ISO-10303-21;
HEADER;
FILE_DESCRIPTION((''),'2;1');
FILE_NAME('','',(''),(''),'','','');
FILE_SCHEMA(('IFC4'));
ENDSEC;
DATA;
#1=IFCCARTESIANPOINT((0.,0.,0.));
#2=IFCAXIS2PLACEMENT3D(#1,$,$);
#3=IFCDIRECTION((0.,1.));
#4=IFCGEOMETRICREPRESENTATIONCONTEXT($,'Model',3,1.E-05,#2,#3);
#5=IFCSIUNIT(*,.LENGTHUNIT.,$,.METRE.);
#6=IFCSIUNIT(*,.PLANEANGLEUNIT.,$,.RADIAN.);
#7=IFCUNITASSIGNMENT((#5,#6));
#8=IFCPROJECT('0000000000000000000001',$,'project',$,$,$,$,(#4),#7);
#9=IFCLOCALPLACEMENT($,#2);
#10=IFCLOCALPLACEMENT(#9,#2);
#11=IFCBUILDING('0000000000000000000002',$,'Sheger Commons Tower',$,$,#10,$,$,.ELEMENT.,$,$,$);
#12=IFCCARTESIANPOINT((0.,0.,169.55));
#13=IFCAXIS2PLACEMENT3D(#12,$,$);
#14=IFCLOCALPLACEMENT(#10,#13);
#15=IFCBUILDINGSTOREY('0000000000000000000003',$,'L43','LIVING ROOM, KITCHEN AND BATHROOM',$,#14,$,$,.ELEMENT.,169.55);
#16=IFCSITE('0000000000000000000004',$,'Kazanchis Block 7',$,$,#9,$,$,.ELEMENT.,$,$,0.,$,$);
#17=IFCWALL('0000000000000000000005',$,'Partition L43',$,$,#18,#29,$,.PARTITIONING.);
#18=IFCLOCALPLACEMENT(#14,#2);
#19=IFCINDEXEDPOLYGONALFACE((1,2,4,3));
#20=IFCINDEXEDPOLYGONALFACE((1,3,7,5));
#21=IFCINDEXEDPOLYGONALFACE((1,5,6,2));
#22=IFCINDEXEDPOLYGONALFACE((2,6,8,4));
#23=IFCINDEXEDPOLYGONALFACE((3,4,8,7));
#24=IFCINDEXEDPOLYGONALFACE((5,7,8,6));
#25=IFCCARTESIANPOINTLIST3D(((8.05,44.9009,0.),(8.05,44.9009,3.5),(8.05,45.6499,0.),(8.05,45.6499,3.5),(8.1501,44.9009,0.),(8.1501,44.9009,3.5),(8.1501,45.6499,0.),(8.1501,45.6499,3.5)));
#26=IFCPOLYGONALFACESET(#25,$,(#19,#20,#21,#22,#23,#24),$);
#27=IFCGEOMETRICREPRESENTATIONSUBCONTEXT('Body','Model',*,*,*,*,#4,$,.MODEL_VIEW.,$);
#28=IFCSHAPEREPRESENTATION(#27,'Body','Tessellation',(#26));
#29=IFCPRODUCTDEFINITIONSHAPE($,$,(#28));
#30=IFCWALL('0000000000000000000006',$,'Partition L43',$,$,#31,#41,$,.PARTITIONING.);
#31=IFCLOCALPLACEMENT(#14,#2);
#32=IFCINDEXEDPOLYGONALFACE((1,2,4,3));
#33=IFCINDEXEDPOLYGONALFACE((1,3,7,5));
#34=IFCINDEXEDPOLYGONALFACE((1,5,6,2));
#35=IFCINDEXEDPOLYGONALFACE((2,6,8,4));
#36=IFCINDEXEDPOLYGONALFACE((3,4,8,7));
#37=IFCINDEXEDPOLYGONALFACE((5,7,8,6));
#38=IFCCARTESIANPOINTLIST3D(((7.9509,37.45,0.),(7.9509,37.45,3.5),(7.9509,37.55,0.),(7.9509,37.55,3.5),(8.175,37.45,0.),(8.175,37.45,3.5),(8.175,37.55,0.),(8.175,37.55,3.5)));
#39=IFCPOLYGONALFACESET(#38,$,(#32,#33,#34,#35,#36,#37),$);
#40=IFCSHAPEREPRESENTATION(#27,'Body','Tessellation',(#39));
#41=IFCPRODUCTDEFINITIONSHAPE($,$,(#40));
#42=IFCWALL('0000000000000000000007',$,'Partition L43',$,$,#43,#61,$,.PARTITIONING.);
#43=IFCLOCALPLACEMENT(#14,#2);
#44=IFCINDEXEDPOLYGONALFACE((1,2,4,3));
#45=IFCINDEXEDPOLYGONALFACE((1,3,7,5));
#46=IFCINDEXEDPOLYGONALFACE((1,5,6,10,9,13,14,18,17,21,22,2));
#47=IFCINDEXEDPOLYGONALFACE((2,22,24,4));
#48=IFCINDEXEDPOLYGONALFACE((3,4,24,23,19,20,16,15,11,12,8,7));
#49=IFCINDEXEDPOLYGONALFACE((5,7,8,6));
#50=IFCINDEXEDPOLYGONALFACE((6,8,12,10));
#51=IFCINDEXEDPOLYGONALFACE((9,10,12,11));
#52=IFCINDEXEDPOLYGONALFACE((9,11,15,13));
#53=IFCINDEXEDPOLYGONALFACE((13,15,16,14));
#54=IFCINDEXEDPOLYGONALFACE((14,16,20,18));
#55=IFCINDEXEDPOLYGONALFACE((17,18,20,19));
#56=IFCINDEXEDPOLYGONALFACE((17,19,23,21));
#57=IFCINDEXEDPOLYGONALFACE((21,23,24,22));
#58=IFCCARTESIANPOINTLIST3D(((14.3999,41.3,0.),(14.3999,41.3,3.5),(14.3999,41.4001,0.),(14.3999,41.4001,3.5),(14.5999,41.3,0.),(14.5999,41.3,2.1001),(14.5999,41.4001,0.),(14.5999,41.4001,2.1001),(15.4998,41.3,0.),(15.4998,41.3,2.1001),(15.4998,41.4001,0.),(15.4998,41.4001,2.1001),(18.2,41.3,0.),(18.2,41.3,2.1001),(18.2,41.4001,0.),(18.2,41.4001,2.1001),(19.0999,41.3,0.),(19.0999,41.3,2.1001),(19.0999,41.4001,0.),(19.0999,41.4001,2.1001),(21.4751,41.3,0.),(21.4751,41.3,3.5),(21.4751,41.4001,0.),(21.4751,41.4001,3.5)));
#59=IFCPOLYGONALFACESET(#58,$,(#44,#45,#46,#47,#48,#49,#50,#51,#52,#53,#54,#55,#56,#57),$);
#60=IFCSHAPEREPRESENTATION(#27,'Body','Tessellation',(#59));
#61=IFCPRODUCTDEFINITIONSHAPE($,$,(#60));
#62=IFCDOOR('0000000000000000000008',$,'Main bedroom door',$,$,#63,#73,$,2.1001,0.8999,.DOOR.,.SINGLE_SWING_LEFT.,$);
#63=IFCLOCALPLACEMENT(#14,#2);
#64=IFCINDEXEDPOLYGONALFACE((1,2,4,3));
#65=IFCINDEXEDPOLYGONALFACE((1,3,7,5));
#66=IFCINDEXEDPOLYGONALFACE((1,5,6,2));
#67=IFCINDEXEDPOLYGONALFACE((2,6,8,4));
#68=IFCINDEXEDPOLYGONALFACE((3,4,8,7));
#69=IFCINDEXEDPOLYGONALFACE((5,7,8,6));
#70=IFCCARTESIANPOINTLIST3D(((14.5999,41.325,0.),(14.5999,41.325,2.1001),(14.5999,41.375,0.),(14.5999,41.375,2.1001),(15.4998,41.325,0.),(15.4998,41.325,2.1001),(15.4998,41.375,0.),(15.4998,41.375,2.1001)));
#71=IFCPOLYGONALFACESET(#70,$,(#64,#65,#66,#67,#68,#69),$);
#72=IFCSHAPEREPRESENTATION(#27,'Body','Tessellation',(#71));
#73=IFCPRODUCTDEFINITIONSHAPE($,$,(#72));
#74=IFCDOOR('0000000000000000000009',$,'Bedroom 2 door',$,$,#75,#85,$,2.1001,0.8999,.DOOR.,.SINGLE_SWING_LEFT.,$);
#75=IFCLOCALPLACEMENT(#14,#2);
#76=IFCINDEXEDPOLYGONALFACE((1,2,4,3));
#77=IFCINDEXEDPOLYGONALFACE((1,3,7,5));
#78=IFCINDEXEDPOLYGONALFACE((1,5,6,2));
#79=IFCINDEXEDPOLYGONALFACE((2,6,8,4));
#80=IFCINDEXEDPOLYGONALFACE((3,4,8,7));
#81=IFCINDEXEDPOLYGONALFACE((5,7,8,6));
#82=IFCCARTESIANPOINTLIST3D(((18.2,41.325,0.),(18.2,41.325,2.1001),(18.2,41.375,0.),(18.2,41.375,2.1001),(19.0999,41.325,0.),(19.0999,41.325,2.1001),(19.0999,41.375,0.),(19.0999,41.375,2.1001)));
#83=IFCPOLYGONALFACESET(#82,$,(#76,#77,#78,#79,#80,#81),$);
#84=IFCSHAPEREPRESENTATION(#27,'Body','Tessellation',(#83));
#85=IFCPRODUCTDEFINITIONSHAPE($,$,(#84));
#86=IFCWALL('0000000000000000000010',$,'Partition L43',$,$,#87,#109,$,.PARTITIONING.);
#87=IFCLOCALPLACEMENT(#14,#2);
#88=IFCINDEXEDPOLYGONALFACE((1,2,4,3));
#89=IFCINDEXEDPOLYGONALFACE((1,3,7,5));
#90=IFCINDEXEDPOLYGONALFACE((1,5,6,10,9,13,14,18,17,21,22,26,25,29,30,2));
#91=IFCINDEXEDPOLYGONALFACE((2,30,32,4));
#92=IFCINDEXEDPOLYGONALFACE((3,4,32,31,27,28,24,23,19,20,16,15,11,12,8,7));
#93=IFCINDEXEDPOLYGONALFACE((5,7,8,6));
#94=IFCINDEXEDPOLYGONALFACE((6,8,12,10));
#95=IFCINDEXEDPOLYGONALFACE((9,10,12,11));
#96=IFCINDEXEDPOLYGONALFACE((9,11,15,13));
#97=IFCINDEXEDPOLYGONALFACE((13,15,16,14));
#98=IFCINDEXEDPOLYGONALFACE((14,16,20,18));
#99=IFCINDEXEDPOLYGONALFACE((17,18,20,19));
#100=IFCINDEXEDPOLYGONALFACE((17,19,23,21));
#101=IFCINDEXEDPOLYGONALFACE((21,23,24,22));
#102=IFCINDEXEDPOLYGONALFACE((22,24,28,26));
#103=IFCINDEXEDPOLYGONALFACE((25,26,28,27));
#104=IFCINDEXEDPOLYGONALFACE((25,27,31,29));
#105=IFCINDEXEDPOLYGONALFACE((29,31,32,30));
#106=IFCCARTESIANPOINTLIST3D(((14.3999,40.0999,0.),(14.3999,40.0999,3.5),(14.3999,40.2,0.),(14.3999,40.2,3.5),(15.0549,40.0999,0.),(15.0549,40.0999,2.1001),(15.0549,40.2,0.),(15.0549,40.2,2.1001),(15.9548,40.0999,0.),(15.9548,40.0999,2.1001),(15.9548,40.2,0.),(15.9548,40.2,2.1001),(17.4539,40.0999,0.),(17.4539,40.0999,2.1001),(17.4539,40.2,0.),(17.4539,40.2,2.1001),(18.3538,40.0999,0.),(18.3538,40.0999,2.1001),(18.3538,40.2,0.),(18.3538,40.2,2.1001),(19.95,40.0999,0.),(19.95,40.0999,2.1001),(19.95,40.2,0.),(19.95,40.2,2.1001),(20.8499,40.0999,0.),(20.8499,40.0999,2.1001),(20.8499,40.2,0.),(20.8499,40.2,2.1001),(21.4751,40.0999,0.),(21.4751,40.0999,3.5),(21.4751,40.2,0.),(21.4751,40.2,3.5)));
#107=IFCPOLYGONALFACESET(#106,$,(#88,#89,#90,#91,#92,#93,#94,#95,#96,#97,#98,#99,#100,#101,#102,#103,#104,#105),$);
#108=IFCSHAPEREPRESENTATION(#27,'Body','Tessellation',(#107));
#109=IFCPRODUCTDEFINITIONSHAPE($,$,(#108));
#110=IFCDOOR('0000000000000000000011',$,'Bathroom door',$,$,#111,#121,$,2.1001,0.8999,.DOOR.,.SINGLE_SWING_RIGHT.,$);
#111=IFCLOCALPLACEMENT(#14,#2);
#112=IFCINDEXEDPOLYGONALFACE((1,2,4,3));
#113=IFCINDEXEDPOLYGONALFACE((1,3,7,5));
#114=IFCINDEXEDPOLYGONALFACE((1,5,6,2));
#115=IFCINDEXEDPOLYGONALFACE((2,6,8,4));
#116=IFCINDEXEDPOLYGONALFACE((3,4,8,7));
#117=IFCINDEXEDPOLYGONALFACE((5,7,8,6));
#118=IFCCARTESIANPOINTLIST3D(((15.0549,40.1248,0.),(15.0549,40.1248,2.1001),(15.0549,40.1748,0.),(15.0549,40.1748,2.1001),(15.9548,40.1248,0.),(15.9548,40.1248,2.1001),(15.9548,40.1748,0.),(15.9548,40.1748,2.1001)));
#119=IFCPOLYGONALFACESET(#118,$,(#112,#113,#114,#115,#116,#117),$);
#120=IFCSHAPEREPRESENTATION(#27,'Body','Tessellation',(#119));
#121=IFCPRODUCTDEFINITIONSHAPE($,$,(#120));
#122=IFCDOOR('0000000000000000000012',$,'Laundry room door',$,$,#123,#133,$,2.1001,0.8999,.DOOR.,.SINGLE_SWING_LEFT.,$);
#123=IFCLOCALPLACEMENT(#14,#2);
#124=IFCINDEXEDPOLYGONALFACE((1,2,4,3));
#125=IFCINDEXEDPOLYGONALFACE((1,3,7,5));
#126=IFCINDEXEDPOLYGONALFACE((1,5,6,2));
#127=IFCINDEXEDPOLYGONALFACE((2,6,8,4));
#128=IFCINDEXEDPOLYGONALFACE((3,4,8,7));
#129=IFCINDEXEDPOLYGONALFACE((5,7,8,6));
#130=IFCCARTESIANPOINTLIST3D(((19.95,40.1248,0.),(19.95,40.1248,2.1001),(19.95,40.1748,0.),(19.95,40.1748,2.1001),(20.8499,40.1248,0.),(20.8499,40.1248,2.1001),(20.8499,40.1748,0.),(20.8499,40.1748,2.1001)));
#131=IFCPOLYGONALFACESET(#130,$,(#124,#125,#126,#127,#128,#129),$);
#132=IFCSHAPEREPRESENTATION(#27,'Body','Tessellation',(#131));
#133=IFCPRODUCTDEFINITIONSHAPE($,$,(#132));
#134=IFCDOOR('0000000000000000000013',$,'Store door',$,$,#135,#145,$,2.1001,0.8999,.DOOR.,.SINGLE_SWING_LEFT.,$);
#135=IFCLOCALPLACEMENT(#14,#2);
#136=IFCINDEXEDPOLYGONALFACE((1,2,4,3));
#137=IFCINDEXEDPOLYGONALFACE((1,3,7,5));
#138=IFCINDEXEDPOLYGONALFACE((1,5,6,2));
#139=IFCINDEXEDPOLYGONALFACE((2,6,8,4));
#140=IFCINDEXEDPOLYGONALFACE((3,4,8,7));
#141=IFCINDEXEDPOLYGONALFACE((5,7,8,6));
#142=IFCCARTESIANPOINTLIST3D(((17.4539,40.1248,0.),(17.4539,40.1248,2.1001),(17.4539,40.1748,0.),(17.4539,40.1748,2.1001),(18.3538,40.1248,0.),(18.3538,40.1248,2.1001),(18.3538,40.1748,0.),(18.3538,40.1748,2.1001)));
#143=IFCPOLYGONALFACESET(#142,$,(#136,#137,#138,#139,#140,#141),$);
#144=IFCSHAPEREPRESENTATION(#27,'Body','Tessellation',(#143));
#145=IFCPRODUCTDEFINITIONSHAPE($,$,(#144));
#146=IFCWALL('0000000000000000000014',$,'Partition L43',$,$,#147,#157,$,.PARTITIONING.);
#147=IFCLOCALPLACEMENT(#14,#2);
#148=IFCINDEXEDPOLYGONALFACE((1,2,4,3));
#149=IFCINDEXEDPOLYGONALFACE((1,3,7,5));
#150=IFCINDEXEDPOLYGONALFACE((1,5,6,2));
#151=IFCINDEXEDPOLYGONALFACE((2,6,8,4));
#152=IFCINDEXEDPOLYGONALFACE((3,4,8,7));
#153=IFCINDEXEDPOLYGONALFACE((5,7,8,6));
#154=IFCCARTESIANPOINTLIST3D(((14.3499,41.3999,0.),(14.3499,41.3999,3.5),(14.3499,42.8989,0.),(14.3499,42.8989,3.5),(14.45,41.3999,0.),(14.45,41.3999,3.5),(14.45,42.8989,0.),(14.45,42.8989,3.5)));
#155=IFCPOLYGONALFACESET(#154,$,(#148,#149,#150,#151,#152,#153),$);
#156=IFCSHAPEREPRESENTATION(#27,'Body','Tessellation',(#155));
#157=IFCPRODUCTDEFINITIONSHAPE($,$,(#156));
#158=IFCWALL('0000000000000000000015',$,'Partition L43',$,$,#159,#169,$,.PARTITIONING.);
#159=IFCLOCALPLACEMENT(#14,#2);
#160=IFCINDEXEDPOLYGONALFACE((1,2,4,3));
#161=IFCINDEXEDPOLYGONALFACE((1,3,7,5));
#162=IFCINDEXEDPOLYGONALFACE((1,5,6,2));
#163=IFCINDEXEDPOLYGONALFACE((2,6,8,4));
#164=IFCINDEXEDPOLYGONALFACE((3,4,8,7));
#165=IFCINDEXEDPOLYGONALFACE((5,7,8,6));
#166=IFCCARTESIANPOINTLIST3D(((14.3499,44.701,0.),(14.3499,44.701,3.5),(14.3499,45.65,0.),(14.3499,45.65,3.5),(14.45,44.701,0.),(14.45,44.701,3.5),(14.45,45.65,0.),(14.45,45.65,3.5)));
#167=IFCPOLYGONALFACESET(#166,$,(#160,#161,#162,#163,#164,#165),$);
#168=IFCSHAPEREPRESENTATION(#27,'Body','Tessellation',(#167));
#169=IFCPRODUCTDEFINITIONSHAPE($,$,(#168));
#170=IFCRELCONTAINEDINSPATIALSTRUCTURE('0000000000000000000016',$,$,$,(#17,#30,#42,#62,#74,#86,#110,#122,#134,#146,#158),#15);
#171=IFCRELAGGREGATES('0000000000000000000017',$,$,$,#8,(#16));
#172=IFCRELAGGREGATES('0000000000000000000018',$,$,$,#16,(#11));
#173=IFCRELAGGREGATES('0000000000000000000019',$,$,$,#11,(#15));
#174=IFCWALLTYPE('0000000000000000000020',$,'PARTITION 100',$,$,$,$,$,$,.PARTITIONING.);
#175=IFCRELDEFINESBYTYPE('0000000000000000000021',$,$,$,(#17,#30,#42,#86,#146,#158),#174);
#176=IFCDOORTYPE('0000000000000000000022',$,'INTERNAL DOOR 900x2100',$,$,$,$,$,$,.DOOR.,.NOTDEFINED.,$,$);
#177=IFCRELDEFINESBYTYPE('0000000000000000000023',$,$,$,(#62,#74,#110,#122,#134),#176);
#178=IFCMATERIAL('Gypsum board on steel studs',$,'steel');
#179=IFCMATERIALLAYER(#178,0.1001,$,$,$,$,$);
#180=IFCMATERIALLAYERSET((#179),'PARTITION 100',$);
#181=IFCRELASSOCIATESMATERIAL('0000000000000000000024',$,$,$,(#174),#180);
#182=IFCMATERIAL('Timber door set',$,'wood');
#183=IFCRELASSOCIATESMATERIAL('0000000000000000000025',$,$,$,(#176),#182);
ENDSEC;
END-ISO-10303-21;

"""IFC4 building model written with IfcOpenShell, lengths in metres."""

from ifc_helpers import new_model, si_unit, direction, frame, frame_2d, origin, place, context, subcontext, project, spatial, rectangle, extrude, material, layer, layer_set, type_object, element, fill, save


model = new_model("IFC4")

# Units and contexts
model_context = context("Model", 3, precision=1e-05, world=origin(), true_north=direction((0.0, 1.0)))
body_context = subcontext(model_context, "Body", "Model", "MODEL_VIEW")
ifc_project = project(units=[si_unit("LENGTHUNIT", "METRE"), si_unit("PLANEANGLEUNIT", "RADIAN")], contexts=[model_context])

# Site, building, storey
site_placement = place(None, origin())
site = spatial("IfcSite", under=ifc_project, at=site_placement, Name="Kazanchis Block 7", CompositionType="ELEMENT", RefElevation=0.0)
building_placement = place(site_placement, origin())
building = spatial("IfcBuilding", under=site, at=building_placement, Name="Sheger Commons Tower", CompositionType="ELEMENT")
storey_placement = place(building_placement, frame((0.0, 0.0, 169.55)))
storey = spatial("IfcBuildingStorey", under=building, at=storey_placement, Name="L43", Description="LIVING ROOM, KITCHEN AND BATHROOM", CompositionType="ELEMENT", Elevation=169.55)

# Walls
ifc_material_1 = material(Name="Gypsum board on steel studs", Category="steel")
ifc_layer_1 = layer(ifc_material_1, 0.1001)
ifc_layer_set_1 = layer_set([ifc_layer_1], Name="PARTITION 100")
wall_type_1 = type_object("IfcWallType", Name="PARTITION 100", PredefinedType="PARTITIONING", material=ifc_layer_set_1)
wall_1_placement = place(storey_placement, frame((8.1001, 45.6499, 0.0), z_axis=(0.0, 0.0, 1.0), x_axis=(0.0, -1.0, 0.0)))
element("IfcWall", 1, at=wall_1_placement, inside=storey, type_object=wall_type_1, Name="Partition L43", PredefinedType="PARTITIONING", context=body_context, shape_type="SweptSolid", body=[
    extrude(rectangle(XDim=0.749, YDim=0.1001, at=frame_2d((0.3745, 0.0))), origin(), (0.0, 0.0, 1.0), 3.5),
])
wall_2_placement = place(storey_placement, frame((7.9509, 37.5, 0.0), z_axis=(0.0, 0.0, 1.0), x_axis=(1.0, 0.0, 0.0)))
element("IfcWall", 2, at=wall_2_placement, inside=storey, type_object=wall_type_1, Name="Partition L43", PredefinedType="PARTITIONING", context=body_context, shape_type="SweptSolid", body=[
    extrude(rectangle(XDim=0.2241, YDim=0.1001, at=frame_2d((0.1121, 0.0))), origin(), (0.0, 0.0, 1.0), 3.5),
])

# Walls, openings, doors
wall_3_placement = place(storey_placement, frame((14.3999, 41.3501, 0.0), z_axis=(0.0, 0.0, 1.0), x_axis=(1.0, 0.0, 0.0)))
wall_3 = element("IfcWall", 3, at=wall_3_placement, inside=storey, type_object=wall_type_1, Name="Partition L43", PredefinedType="PARTITIONING", context=body_context, shape_type="SweptSolid", body=[
    extrude(rectangle(XDim=7.0752, YDim=0.1001, at=frame_2d((3.5376, 0.0))), origin(), (0.0, 0.0, 1.0), 3.5),
])
opening_1_placement = place(wall_3_placement, frame((0.2, 0.0, 0.0)))
opening_1 = element("IfcOpeningElement", 4, at=opening_1_placement, cuts=wall_3, PredefinedType="OPENING", context=body_context, shape_type="SweptSolid", body=[
    extrude(rectangle(XDim=0.8999, YDim=2.1001, at=frame_2d((0.45, 1.05))), frame((0.0, 0.0601, 0.0), z_axis=(0.0, -1.0, 0.0), x_axis=(1.0, 0.0, 0.0)), (0.0, 0.0, 1.0), 0.1201),
])
opening_2_placement = place(wall_3_placement, frame((3.8, 0.0, 0.0)))
opening_2 = element("IfcOpeningElement", 5, at=opening_2_placement, cuts=wall_3, PredefinedType="OPENING", context=body_context, shape_type="SweptSolid", body=[
    extrude(rectangle(XDim=0.8999, YDim=2.1001, at=frame_2d((0.45, 1.05))), frame((0.0, 0.0601, 0.0), z_axis=(0.0, -1.0, 0.0), x_axis=(1.0, 0.0, 0.0)), (0.0, 0.0, 1.0), 0.1201),
])
ifc_material_2 = material(Name="Timber door set", Category="wood")
door_type_1 = type_object("IfcDoorType", Name="INTERNAL DOOR 900x2100", OperationType="NOTDEFINED", PredefinedType="DOOR", material=ifc_material_2)
door_1_placement = place(opening_1_placement, origin())
door_1 = element("IfcDoor", 6, at=door_1_placement, inside=storey, type_object=door_type_1, Name="Main bedroom door", OperationType="SINGLE_SWING_LEFT", OverallHeight=2.1001, OverallWidth=0.8999, PredefinedType="DOOR", context=body_context, shape_type="SweptSolid", body=[
    extrude(rectangle(XDim=0.8999, YDim=2.1001, at=frame_2d((0.45, 1.05))), frame((0.0, 0.0249, 0.0), z_axis=(0.0, -1.0, 0.0), x_axis=(1.0, 0.0, 0.0)), (0.0, 0.0, 1.0), 0.05),
])
fill(opening_1, door_1)
door_2_placement = place(opening_2_placement, origin())
door_2 = element("IfcDoor", 7, at=door_2_placement, inside=storey, type_object=door_type_1, Name="Bedroom 2 door", OperationType="SINGLE_SWING_LEFT", OverallHeight=2.1001, OverallWidth=0.8999, PredefinedType="DOOR", context=body_context, shape_type="SweptSolid", body=[
    extrude(rectangle(XDim=0.8999, YDim=2.1001, at=frame_2d((0.45, 1.05))), frame((0.0, 0.0249, 0.0), z_axis=(0.0, -1.0, 0.0), x_axis=(1.0, 0.0, 0.0)), (0.0, 0.0, 1.0), 0.05),
])
fill(opening_2, door_2)
wall_4_placement = place(storey_placement, frame((14.3999, 40.1499, 0.0), z_axis=(0.0, 0.0, 1.0), x_axis=(1.0, 0.0, 0.0)))
wall_4 = element("IfcWall", 8, at=wall_4_placement, inside=storey, type_object=wall_type_1, Name="Partition L43", PredefinedType="PARTITIONING", context=body_context, shape_type="SweptSolid", body=[
    extrude(rectangle(XDim=7.0752, YDim=0.1001, at=frame_2d((3.5376, 0.0))), origin(), (0.0, 0.0, 1.0), 3.5),
])
opening_3_placement = place(wall_4_placement, frame((0.655, 0.0, 0.0)))
opening_3 = element("IfcOpeningElement", 9, at=opening_3_placement, cuts=wall_4, PredefinedType="OPENING", context=body_context, shape_type="SweptSolid", body=[
    extrude(rectangle(XDim=0.8999, YDim=2.1001, at=frame_2d((0.45, 1.05))), frame((0.0, 0.0601, 0.0), z_axis=(0.0, -1.0, 0.0), x_axis=(1.0, 0.0, 0.0)), (0.0, 0.0, 1.0), 0.1201),
])
opening_4_placement = place(wall_4_placement, frame((5.55, 0.0, 0.0)))
opening_4 = element("IfcOpeningElement", 10, at=opening_4_placement, cuts=wall_4, PredefinedType="OPENING", context=body_context, shape_type="SweptSolid", body=[
    extrude(rectangle(XDim=0.8999, YDim=2.1001, at=frame_2d((0.45, 1.05))), frame((0.0, 0.0601, 0.0), z_axis=(0.0, -1.0, 0.0), x_axis=(1.0, 0.0, 0.0)), (0.0, 0.0, 1.0), 0.1201),
])
opening_5_placement = place(wall_4_placement, frame((3.054, 0.0, 0.0)))
opening_5 = element("IfcOpeningElement", 11, at=opening_5_placement, cuts=wall_4, PredefinedType="OPENING", context=body_context, shape_type="SweptSolid", body=[
    extrude(rectangle(XDim=0.8999, YDim=2.1001, at=frame_2d((0.45, 1.05))), frame((0.0, 0.0601, 0.0), z_axis=(0.0, -1.0, 0.0), x_axis=(1.0, 0.0, 0.0)), (0.0, 0.0, 1.0), 0.1201),
])
door_3_placement = place(opening_3_placement, origin())
door_3 = element("IfcDoor", 12, at=door_3_placement, inside=storey, type_object=door_type_1, Name="Bathroom door", OperationType="SINGLE_SWING_RIGHT", OverallHeight=2.1001, OverallWidth=0.8999, PredefinedType="DOOR", context=body_context, shape_type="SweptSolid", body=[
    extrude(rectangle(XDim=0.8999, YDim=2.1001, at=frame_2d((0.45, 1.05))), frame((0.0, 0.0249, 0.0), z_axis=(0.0, -1.0, 0.0), x_axis=(1.0, 0.0, 0.0)), (0.0, 0.0, 1.0), 0.05),
])
fill(opening_3, door_3)
door_4_placement = place(opening_4_placement, origin())
door_4 = element("IfcDoor", 13, at=door_4_placement, inside=storey, type_object=door_type_1, Name="Laundry room door", OperationType="SINGLE_SWING_LEFT", OverallHeight=2.1001, OverallWidth=0.8999, PredefinedType="DOOR", context=body_context, shape_type="SweptSolid", body=[
    extrude(rectangle(XDim=0.8999, YDim=2.1001, at=frame_2d((0.45, 1.05))), frame((0.0, 0.0249, 0.0), z_axis=(0.0, -1.0, 0.0), x_axis=(1.0, 0.0, 0.0)), (0.0, 0.0, 1.0), 0.05),
])
fill(opening_4, door_4)
door_5_placement = place(opening_5_placement, origin())
door_5 = element("IfcDoor", 14, at=door_5_placement, inside=storey, type_object=door_type_1, Name="Store door", OperationType="SINGLE_SWING_LEFT", OverallHeight=2.1001, OverallWidth=0.8999, PredefinedType="DOOR", context=body_context, shape_type="SweptSolid", body=[
    extrude(rectangle(XDim=0.8999, YDim=2.1001, at=frame_2d((0.45, 1.05))), frame((0.0, 0.0249, 0.0), z_axis=(0.0, -1.0, 0.0), x_axis=(1.0, 0.0, 0.0)), (0.0, 0.0, 1.0), 0.05),
])
fill(opening_5, door_5)

# Walls
wall_5_placement = place(storey_placement, frame((14.3999, 41.3999, 0.0), z_axis=(0.0, 0.0, 1.0), x_axis=(0.0, 1.0, 0.0)))
element("IfcWall", 15, at=wall_5_placement, inside=storey, type_object=wall_type_1, Name="Partition L43", PredefinedType="PARTITIONING", context=body_context, shape_type="SweptSolid", body=[
    extrude(rectangle(XDim=1.499, YDim=0.1001, at=frame_2d((0.7495, 0.0))), origin(), (0.0, 0.0, 1.0), 3.5),
])
wall_6_placement = place(storey_placement, frame((14.3999, 44.7009, 0.0), z_axis=(0.0, 0.0, 1.0), x_axis=(0.0, 1.0, 0.0)))
element("IfcWall", 16, at=wall_6_placement, inside=storey, type_object=wall_type_1, Name="Partition L43", PredefinedType="PARTITIONING", context=body_context, shape_type="SweptSolid", body=[
    extrude(rectangle(XDim=0.949, YDim=0.1001, at=frame_2d((0.4746, 0.0))), origin(), (0.0, 0.0, 1.0), 3.5),
])

save(model, "model.ifc")
